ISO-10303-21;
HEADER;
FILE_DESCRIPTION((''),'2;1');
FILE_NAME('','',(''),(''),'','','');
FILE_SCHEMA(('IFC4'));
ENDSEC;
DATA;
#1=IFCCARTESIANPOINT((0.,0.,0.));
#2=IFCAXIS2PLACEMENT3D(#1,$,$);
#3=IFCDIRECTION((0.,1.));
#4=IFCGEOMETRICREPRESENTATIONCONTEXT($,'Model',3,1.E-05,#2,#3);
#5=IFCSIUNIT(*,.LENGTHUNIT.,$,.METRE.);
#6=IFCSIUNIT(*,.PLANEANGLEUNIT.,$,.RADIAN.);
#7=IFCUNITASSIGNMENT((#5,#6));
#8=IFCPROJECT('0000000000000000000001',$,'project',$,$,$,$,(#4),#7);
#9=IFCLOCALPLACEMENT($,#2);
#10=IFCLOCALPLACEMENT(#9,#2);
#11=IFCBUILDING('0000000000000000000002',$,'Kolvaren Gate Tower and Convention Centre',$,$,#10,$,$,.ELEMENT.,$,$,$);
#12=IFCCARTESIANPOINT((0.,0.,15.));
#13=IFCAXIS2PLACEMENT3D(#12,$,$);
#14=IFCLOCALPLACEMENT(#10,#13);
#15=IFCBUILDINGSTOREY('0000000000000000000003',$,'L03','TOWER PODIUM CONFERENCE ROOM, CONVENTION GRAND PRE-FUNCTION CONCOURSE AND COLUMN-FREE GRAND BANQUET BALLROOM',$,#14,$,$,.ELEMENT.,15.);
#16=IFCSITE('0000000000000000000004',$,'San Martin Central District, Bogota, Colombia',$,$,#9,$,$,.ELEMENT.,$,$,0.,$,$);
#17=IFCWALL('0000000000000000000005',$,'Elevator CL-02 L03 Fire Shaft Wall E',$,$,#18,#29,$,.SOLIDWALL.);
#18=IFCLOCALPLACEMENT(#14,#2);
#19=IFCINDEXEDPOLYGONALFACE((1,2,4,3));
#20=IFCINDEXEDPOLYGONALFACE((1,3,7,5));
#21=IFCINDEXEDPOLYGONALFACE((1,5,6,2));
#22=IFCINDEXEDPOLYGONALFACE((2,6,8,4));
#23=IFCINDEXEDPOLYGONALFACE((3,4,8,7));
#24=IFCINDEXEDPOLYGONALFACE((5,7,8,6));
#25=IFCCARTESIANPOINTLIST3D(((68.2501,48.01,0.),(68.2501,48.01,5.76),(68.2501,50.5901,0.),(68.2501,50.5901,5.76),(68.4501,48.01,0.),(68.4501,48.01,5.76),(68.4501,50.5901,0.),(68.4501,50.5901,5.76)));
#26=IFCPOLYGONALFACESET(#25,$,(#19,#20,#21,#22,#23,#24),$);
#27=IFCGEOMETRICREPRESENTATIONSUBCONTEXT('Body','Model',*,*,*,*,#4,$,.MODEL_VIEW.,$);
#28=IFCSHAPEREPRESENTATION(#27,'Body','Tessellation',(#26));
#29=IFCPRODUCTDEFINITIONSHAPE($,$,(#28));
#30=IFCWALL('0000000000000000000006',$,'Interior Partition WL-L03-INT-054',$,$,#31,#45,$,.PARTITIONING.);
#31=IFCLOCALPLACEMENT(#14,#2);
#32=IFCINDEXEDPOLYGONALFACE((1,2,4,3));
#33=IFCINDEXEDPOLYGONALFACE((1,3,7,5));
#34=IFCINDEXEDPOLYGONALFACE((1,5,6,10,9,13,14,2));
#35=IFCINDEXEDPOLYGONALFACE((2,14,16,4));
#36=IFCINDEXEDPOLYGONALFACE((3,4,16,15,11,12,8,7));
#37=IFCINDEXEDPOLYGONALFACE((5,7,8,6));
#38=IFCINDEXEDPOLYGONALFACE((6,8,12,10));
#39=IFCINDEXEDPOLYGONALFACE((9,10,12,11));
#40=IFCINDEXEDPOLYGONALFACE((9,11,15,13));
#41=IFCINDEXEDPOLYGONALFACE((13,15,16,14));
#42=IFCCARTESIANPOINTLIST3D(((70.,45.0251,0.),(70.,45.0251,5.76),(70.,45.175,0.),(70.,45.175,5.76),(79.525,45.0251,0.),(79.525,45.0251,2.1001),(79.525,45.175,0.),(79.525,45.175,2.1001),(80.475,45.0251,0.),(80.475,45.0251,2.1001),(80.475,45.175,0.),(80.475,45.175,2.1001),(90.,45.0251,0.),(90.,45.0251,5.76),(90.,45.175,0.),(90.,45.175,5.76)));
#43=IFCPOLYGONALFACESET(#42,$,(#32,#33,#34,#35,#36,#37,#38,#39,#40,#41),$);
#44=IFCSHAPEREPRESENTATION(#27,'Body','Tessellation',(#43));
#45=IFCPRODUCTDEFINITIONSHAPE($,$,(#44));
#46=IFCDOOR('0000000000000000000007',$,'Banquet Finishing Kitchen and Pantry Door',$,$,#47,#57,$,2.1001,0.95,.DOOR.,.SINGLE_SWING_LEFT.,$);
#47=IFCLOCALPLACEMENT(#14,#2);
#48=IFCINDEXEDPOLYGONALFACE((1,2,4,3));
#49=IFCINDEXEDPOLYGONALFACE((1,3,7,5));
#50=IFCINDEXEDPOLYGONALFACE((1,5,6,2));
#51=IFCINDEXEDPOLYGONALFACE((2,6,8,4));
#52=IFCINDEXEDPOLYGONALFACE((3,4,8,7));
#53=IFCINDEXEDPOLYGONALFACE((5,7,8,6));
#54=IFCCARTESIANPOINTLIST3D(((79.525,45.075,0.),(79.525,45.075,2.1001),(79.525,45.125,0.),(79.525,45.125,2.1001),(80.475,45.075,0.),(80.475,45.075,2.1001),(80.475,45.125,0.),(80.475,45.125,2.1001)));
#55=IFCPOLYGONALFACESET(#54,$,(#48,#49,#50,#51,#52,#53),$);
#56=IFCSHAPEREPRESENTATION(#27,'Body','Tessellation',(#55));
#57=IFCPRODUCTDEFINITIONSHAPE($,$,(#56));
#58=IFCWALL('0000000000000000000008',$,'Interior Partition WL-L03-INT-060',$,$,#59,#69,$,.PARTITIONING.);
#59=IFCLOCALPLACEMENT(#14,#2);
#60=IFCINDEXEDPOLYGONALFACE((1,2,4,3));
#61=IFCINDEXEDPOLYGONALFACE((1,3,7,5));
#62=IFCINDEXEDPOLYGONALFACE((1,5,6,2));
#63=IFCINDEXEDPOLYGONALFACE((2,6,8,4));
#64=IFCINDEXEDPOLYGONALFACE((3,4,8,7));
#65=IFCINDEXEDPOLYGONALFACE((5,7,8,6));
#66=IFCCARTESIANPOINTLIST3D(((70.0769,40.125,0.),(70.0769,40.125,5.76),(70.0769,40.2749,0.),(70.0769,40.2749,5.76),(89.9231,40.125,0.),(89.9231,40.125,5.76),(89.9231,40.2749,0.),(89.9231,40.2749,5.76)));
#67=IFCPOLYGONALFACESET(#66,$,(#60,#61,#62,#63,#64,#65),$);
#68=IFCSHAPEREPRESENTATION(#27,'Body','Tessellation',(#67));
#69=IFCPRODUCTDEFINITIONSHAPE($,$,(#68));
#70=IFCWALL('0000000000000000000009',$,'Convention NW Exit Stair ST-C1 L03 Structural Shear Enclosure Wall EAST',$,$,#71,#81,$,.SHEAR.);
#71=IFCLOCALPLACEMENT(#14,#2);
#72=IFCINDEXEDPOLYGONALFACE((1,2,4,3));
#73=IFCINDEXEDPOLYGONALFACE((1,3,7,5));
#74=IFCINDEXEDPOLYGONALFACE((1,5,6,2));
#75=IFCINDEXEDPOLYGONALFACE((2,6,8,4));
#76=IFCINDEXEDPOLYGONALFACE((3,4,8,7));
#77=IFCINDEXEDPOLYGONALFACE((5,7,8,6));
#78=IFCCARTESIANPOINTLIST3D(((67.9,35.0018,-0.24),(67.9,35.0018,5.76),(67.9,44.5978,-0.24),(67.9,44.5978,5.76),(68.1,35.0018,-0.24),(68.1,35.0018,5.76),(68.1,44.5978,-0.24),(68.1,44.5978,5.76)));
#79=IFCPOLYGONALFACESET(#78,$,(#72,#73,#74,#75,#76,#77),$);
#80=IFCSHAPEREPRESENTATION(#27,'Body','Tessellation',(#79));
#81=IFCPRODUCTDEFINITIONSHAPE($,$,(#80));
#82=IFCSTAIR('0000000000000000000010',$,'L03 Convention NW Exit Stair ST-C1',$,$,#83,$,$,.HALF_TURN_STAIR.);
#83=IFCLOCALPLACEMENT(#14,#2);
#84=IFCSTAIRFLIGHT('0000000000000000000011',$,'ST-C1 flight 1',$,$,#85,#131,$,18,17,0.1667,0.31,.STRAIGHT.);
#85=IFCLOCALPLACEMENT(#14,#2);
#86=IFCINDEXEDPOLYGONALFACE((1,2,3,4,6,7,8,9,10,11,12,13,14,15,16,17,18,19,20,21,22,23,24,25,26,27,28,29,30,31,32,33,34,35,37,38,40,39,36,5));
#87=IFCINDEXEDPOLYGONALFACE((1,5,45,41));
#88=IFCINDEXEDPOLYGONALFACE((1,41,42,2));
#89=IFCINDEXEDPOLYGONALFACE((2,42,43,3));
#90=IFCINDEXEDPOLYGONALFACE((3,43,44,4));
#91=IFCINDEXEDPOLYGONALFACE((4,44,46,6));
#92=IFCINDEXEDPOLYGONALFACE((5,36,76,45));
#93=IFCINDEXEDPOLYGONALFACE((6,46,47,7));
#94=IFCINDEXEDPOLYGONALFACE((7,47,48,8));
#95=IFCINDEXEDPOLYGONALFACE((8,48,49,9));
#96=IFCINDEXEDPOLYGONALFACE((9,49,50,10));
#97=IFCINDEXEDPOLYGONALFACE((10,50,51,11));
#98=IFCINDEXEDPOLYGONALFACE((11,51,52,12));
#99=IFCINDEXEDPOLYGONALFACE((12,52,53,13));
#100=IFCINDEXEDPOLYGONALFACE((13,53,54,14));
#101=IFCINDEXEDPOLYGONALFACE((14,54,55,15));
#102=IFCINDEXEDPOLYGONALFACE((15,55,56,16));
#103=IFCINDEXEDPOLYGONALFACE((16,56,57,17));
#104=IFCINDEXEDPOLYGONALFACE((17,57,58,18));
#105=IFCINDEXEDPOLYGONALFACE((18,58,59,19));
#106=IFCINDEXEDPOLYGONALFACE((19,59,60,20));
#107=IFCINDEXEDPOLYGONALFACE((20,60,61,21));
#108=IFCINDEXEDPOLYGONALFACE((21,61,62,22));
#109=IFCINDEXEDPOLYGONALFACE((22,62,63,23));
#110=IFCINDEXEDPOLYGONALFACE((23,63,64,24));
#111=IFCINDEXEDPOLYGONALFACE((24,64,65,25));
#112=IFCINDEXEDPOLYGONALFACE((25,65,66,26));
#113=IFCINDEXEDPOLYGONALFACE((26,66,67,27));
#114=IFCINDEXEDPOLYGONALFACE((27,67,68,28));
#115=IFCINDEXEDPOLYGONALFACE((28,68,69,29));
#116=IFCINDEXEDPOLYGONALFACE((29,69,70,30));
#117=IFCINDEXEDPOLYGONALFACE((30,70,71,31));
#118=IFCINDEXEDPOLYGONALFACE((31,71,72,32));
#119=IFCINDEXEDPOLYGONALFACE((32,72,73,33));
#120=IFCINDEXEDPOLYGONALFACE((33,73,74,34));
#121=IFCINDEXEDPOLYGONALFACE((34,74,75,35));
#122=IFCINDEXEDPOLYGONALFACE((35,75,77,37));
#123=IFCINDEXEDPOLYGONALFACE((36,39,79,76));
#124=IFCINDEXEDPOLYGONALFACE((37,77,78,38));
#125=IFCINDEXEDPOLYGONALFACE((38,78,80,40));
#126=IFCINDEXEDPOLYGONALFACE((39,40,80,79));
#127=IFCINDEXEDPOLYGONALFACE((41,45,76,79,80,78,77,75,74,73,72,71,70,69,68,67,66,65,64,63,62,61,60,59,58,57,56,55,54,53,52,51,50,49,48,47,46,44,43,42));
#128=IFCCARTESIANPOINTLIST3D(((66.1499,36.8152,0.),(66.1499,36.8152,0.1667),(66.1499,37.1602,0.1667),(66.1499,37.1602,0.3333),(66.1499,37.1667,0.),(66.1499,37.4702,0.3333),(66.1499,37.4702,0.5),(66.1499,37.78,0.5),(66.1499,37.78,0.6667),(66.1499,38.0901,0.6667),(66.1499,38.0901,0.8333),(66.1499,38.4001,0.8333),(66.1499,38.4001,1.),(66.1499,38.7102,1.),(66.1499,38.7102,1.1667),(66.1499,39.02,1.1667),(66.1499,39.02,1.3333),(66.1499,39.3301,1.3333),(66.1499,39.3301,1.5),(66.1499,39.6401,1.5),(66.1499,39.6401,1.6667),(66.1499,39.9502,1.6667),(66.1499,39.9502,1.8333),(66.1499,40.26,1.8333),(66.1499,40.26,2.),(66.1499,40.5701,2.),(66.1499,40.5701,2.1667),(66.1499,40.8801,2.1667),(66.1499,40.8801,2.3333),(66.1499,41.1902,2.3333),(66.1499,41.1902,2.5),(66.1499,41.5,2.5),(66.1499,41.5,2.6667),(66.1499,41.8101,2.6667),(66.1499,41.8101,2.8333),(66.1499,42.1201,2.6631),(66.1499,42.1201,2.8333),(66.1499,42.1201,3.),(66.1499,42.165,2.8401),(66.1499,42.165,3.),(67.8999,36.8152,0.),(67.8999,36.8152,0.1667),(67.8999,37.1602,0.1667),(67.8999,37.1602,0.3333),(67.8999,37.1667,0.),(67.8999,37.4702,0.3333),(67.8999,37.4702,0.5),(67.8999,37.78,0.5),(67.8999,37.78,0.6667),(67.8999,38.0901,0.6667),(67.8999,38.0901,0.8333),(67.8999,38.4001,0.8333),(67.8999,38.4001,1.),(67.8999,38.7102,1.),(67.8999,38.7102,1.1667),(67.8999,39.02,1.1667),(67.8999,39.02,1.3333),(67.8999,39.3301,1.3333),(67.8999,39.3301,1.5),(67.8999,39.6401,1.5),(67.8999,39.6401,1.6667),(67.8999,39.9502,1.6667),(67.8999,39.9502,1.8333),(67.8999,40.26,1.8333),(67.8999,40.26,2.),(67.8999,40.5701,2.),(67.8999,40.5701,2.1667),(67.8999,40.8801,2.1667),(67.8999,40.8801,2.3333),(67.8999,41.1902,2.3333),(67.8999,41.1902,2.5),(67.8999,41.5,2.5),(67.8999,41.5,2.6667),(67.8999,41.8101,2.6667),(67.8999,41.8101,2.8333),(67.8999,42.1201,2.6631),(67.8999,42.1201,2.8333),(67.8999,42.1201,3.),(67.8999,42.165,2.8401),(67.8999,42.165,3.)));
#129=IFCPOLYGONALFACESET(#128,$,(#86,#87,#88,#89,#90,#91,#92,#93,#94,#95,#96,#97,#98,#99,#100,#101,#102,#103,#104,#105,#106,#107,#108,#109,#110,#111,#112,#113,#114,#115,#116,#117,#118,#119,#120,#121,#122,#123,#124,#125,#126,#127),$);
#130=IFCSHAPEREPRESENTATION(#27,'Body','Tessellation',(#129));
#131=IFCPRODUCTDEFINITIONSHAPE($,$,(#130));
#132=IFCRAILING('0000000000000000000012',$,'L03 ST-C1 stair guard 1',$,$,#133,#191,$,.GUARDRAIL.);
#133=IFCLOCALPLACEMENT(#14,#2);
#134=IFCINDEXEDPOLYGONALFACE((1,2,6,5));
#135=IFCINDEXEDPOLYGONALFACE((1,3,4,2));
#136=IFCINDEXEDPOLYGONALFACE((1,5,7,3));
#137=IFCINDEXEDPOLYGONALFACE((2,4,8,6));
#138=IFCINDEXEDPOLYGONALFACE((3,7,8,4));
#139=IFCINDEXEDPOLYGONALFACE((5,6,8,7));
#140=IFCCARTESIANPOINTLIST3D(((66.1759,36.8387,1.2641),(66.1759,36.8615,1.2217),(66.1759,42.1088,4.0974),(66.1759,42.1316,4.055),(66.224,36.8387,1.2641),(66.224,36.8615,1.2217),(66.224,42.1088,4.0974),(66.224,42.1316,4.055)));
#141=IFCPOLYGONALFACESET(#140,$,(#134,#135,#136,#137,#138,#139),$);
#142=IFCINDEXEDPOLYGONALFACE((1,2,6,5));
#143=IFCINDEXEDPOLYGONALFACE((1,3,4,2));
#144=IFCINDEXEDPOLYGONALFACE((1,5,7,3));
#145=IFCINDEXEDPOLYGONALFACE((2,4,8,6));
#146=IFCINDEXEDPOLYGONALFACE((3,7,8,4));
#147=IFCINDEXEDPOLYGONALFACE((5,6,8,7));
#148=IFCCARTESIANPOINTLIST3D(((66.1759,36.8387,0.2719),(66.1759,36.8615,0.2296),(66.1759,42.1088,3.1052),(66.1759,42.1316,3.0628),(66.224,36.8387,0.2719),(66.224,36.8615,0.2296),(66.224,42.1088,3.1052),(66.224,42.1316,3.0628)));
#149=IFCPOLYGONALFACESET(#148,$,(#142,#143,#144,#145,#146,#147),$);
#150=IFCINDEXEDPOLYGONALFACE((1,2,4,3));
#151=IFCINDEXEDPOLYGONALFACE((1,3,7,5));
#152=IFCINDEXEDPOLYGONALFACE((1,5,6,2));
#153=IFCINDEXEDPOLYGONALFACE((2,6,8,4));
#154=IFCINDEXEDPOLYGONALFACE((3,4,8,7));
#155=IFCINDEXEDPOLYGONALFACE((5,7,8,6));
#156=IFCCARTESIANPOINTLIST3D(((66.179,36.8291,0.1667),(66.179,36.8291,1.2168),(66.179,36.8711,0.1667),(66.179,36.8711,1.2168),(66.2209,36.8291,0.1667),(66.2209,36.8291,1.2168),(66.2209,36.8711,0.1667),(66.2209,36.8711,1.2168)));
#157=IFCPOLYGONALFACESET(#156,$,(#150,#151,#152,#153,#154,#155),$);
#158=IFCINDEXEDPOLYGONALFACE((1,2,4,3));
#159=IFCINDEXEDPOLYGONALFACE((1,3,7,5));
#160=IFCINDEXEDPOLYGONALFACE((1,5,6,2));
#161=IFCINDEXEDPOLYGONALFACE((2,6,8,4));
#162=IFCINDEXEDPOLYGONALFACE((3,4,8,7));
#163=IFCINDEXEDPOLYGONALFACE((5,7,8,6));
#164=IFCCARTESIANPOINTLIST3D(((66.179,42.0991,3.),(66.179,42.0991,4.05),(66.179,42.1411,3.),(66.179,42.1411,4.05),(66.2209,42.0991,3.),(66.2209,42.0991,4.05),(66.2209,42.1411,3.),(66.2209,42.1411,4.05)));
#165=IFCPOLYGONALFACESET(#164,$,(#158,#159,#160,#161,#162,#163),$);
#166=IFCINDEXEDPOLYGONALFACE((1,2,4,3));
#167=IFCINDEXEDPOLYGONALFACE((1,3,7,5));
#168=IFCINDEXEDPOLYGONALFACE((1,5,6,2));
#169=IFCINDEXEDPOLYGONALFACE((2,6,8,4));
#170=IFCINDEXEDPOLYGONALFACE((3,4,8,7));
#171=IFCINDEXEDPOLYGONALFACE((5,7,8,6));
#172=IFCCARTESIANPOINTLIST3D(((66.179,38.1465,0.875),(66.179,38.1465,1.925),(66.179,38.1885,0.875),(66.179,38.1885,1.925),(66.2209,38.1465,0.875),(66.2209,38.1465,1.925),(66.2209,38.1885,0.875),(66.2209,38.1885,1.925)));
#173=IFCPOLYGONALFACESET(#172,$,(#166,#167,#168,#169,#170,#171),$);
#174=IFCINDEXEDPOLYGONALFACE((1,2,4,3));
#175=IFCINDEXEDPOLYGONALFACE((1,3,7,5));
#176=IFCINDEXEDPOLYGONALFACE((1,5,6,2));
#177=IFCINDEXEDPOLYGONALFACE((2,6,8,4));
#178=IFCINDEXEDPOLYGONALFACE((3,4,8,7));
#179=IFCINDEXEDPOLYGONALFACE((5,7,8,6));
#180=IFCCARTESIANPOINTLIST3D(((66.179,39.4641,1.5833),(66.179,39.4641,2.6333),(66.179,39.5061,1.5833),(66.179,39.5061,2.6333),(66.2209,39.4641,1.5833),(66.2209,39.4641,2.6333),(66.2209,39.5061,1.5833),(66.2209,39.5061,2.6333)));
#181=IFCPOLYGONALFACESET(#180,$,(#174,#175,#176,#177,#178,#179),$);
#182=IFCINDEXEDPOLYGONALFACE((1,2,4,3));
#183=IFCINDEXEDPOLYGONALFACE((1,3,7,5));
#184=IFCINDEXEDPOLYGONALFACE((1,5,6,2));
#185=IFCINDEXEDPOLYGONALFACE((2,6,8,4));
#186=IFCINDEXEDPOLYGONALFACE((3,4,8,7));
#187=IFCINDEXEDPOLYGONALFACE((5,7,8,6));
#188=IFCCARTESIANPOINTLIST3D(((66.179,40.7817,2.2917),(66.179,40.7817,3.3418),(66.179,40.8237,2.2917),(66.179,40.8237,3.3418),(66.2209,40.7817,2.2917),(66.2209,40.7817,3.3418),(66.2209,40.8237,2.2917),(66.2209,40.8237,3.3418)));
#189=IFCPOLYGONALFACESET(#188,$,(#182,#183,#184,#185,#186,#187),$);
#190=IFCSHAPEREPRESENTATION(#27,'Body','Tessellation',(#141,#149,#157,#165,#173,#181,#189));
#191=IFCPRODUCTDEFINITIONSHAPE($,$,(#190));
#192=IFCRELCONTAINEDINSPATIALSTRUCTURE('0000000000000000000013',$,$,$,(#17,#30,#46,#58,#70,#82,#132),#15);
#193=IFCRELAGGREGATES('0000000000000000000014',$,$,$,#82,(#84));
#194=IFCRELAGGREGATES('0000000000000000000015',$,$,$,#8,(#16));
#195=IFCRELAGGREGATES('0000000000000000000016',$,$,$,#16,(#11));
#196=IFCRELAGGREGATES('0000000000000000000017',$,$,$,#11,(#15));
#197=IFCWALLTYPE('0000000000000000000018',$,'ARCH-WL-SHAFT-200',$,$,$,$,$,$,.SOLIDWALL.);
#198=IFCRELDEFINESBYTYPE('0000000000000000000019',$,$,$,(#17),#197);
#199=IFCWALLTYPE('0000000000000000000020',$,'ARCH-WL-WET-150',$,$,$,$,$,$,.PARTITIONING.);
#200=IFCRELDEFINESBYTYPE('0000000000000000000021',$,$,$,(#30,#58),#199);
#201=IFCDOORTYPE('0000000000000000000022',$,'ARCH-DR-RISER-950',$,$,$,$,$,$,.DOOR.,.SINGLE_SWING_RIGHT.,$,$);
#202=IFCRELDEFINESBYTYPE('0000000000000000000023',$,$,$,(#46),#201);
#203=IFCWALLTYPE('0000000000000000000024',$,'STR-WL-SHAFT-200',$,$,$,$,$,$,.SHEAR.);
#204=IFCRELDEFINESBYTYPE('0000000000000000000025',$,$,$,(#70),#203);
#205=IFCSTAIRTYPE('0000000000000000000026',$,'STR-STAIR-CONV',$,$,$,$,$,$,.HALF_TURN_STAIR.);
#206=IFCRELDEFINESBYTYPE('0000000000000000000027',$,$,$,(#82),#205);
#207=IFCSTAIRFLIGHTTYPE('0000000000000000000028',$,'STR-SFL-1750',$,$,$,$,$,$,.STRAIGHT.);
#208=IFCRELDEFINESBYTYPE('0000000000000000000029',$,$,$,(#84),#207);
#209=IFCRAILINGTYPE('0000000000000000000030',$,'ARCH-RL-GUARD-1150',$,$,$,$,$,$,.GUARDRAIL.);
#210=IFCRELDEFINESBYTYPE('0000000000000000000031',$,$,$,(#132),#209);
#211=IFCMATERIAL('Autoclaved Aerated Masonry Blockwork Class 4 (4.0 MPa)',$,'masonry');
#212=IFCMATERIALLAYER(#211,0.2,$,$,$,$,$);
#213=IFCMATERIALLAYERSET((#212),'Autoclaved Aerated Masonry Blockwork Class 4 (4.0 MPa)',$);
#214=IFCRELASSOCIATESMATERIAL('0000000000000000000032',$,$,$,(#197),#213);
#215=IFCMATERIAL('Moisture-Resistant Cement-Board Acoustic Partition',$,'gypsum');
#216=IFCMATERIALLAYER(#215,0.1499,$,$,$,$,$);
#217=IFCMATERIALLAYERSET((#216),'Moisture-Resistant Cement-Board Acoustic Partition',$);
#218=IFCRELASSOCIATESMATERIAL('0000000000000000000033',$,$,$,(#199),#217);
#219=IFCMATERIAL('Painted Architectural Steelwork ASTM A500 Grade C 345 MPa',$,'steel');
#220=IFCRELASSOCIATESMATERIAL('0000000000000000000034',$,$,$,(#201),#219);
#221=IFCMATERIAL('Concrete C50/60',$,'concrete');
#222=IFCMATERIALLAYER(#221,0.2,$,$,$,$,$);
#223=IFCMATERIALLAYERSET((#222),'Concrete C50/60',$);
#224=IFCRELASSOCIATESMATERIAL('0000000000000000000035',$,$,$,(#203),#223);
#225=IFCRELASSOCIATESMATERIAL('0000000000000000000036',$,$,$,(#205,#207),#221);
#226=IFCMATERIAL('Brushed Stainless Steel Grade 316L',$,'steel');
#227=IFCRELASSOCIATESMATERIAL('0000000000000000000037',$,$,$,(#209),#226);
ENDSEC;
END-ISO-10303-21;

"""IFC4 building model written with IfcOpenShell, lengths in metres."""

from ifc_helpers import new_model, si_unit, direction, frame, frame_2d, origin, origin_2d, place, context, subcontext, project, spatial, polyline, rectangle, outline, extrude, material, layer, layer_set, type_object, element, fill, aggregate, save


model = new_model("IFC4")

# Units and contexts
model_context = context("Model", 3, precision=1e-05, world=origin(), true_north=direction((0.0, 1.0)))
body_context = subcontext(model_context, "Body", "Model", "MODEL_VIEW")
ifc_project = project(units=[si_unit("LENGTHUNIT", "METRE"), si_unit("PLANEANGLEUNIT", "RADIAN")], contexts=[model_context])

# Site, building, storey
site_placement = place(None, origin())
site = spatial("IfcSite", under=ifc_project, at=site_placement, Name="San Martin Central District, Bogota, Colombia", CompositionType="ELEMENT", RefElevation=0.0)
building_placement = place(site_placement, origin())
building = spatial("IfcBuilding", under=site, at=building_placement, Name="Kolvaren Gate Tower and Convention Centre", CompositionType="ELEMENT")
storey_placement = place(building_placement, frame((0.0, 0.0, 15.0)))
storey = spatial("IfcBuildingStorey", under=building, at=storey_placement, Name="L03", Description="TOWER PODIUM CONFERENCE ROOM, CONVENTION GRAND PRE-FUNCTION CONCOURSE AND COLUMN-FREE GRAND BANQUET BALLROOM", CompositionType="ELEMENT", Elevation=15.0)

# Shared definitions
ifc_material_1 = material(Name="Autoclaved Aerated Masonry Blockwork Class 4 (4.0 MPa)", Category="masonry")
ifc_layer_1 = layer(ifc_material_1, 0.2)
ifc_layer_set_1 = layer_set([ifc_layer_1], Name="Autoclaved Aerated Masonry Blockwork Class 4 (4.0 MPa)")
wall_type_1 = type_object("IfcWallType", Name="ARCH-WL-SHAFT-200", PredefinedType="SOLIDWALL", material=ifc_layer_set_1)

# Shared definitions
ifc_material_2 = material(Name="Brushed Stainless Steel Grade 316L", Category="steel")

# Wall
wall_1_placement = place(storey_placement, frame((68.3501, 48.01, 0.0), z_axis=(0.0, 0.0, 1.0), x_axis=(0.0, 1.0, 0.0)))
element("IfcWall", 1, at=wall_1_placement, inside=storey, type_object=wall_type_1, Name="Elevator CL-02 L03 Fire Shaft Wall E", PredefinedType="SOLIDWALL", context=body_context, shape_type="SweptSolid", body=[
    extrude(rectangle(XDim=2.5801, YDim=0.2, at=frame_2d((1.29, 0.0))), origin(), (0.0, 0.0, 1.0), 5.76),
])

# Wall, opening, door
ifc_material_3 = material(Name="Moisture-Resistant Cement-Board Acoustic Partition", Category="gypsum")
ifc_layer_2 = layer(ifc_material_3, 0.1499)
ifc_layer_set_2 = layer_set([ifc_layer_2], Name="Moisture-Resistant Cement-Board Acoustic Partition")
wall_type_2 = type_object("IfcWallType", Name="ARCH-WL-WET-150", PredefinedType="PARTITIONING", material=ifc_layer_set_2)
wall_2_placement = place(storey_placement, frame((70.0, 45.1001, 0.0), z_axis=(0.0, 0.0, 1.0), x_axis=(1.0, 0.0, 0.0)))
wall_2 = element("IfcWall", 2, at=wall_2_placement, inside=storey, type_object=wall_type_2, Name="Interior Partition WL-L03-INT-054", PredefinedType="PARTITIONING", context=body_context, shape_type="SweptSolid", body=[
    extrude(rectangle(XDim=20.0, YDim=0.1499, at=frame_2d((10.0, 0.0))), origin(), (0.0, 0.0, 1.0), 5.76),
])
opening_1_placement = place(wall_2_placement, frame((9.5249, 0.0, 0.0)))
opening_1 = element("IfcOpeningElement", 3, at=opening_1_placement, cuts=wall_2, PredefinedType="OPENING", context=body_context, shape_type="SweptSolid", body=[
    extrude(rectangle(XDim=0.95, YDim=2.1001, at=frame_2d((0.4751, 1.05))), frame((0.0, 0.085, 0.0), z_axis=(0.0, -1.0, 0.0), x_axis=(1.0, 0.0, 0.0)), (0.0, 0.0, 1.0), 0.1699),
])
ifc_material_4 = material(Name="Painted Architectural Steelwork ASTM A500 Grade C 345 MPa", Category="steel")
door_type_1 = type_object("IfcDoorType", Name="ARCH-DR-RISER-950", OperationType="SINGLE_SWING_RIGHT", PredefinedType="DOOR", material=ifc_material_4)
door_1_placement = place(opening_1_placement, origin())
door_1 = element("IfcDoor", 4, at=door_1_placement, inside=storey, type_object=door_type_1, Name="Banquet Finishing Kitchen and Pantry Door", OperationType="SINGLE_SWING_LEFT", OverallHeight=2.1001, OverallWidth=0.95, PredefinedType="DOOR", context=body_context, shape_type="SweptSolid", body=[
    extrude(rectangle(XDim=0.95, YDim=2.1001, at=frame_2d((0.4751, 1.05))), frame((0.0, 0.0249, 0.0), z_axis=(0.0, -1.0, 0.0), x_axis=(1.0, 0.0, 0.0)), (0.0, 0.0, 1.0), 0.05),
])
fill(opening_1, door_1)

# Walls
wall_3_placement = place(storey_placement, frame((70.0769, 40.2, 0.0), z_axis=(0.0, 0.0, 1.0), x_axis=(1.0, 0.0, 0.0)))
element("IfcWall", 5, at=wall_3_placement, inside=storey, type_object=wall_type_2, Name="Interior Partition WL-L03-INT-060", PredefinedType="PARTITIONING", context=body_context, shape_type="SweptSolid", body=[
    extrude(rectangle(XDim=19.8462, YDim=0.1499, at=frame_2d((9.9231, 0.0))), origin(), (0.0, 0.0, 1.0), 5.76),
])
ifc_material_5 = material(Name="Concrete C50/60", Category="concrete")
ifc_layer_3 = layer(ifc_material_5, 0.2)
ifc_layer_set_3 = layer_set([ifc_layer_3], Name="Concrete C50/60")
wall_type_3 = type_object("IfcWallType", Name="STR-WL-SHAFT-200", PredefinedType="SHEAR", material=ifc_layer_set_3)
wall_4_placement = place(storey_placement, frame((68.0, 35.002, -0.24), z_axis=(0.0, 0.0, 1.0), x_axis=(0.0, 1.0, 0.0)))
element("IfcWall", 6, at=wall_4_placement, inside=storey, type_object=wall_type_3, Name="Convention NW Exit Stair ST-C1 L03 Structural Shear Enclosure Wall EAST", PredefinedType="SHEAR", context=body_context, shape_type="SweptSolid", body=[
    extrude(rectangle(XDim=9.5959, YDim=0.2, at=frame_2d((4.7979, 0.0))), origin(), (0.0, 0.0, 1.0), 6.0),
])

# Stair, stair flight
stair_type = type_object("IfcStairType", Name="STR-STAIR-CONV", PredefinedType="HALF_TURN_STAIR", material=ifc_material_5)
stair_placement = place(storey_placement, origin())
stair = element("IfcStair", 7, at=stair_placement, inside=storey, type_object=stair_type, Name="L03 Convention NW Exit Stair ST-C1", PredefinedType="HALF_TURN_STAIR")
stair_flight_type = type_object("IfcStairFlightType", Name="STR-SFL-1750", PredefinedType="STRAIGHT", material=ifc_material_5)
stair_flight_placement = place(storey_placement, frame((67.0249, 36.8501, 0.0), z_axis=(0.0, 0.0, 1.0), x_axis=(0.0, 1.0, 0.0)))
stair_flight = element("IfcStairFlight", 8, at=stair_flight_placement, type_object=stair_flight_type, Name="ST-C1 flight 1", NumberOfRisers=18, NumberOfTreads=17, PredefinedType="STRAIGHT", RiserHeight=0.1667, TreadLength=0.31, context=body_context, shape_type="SweptSolid", body=[
    extrude(outline(polyline([(-0.0349, 0.0), (-0.0349, 0.1667), (0.3101, 0.1667), (0.3101, 0.3333), (0.6201, 0.3333), (0.6201, 0.5), (0.9299, 0.5), (0.9299, 0.6667), (1.24, 0.6667), (1.24, 0.8333), (1.55, 0.8333), (1.55, 1.0), (1.8601, 1.0), (1.8601, 1.1667), (2.1699, 1.1667), (2.1699, 1.3333), (2.48, 1.3333), (2.48, 1.5), (2.79, 1.5), (2.79, 1.6667), (3.1001, 1.6667), (3.1001, 1.8333), (3.4099, 1.8333), (3.4099, 2.0), (3.72, 2.0), (3.72, 2.1667), (4.03, 2.1667), (4.03, 2.3333), (4.3401, 2.3333), (4.3401, 2.5), (4.6499, 2.5), (4.6499, 2.6667), (4.96, 2.6667), (4.96, 2.8333), (5.27, 2.8333), (5.27, 3.0), (5.3149, 3.0), (5.3149, 2.8401), (5.27, 2.6631), (0.3167, 0.0), (-0.0349, 0.0)])), frame((0.0, 0.875, 0.0), z_axis=(0.0, -1.0, 0.0), x_axis=(1.0, 0.0, 0.0)), (0.0, 0.0, 1.0), 1.75),
])
aggregate(stair, [stair_flight])

# Railing
railing_type_1 = type_object("IfcRailingType", Name="ARCH-RL-GUARD-1150", PredefinedType="GUARDRAIL", material=ifc_material_2)
railing_1_placement = place(storey_placement, frame((66.2, 36.8501, 0.1667)))
element("IfcRailing", 9, at=railing_1_placement, inside=storey, type_object=railing_type_1, Name="L03 ST-C1 stair guard 1", PredefinedType="GUARDRAIL", context=body_context, shape_type="SweptSolid", body=[
    extrude(rectangle(XDim=0.0481, YDim=0.0481, at=origin_2d()), frame((0.0, 0.0, 1.0762), z_axis=(0.0, 0.880781, 0.473523), x_axis=(-1.0, 0.0, 0.0)), (0.0, 0.0, 1.0), 5.9834),
    extrude(rectangle(XDim=0.0481, YDim=0.0481, at=origin_2d()), frame((0.0, 0.0, 0.084), z_axis=(0.0, 0.880781, 0.473523), x_axis=(-1.0, 0.0, 0.0)), (0.0, 0.0, 1.0), 5.9834),
    extrude(rectangle(XDim=0.042, YDim=0.042, at=origin_2d()), origin(), (0.0, 0.0, 1.0), 1.05),
    extrude(rectangle(XDim=0.042, YDim=0.042, at=origin_2d()), frame((0.0, 5.27, 2.8333)), (0.0, 0.0, 1.0), 1.05),
    extrude(rectangle(XDim=0.042, YDim=0.042, at=origin_2d()), frame((0.0, 1.3174, 0.7083)), (0.0, 0.0, 1.0), 1.05),
    extrude(rectangle(XDim=0.042, YDim=0.042, at=origin_2d()), frame((0.0, 2.635, 1.4165)), (0.0, 0.0, 1.0), 1.05),
    extrude(rectangle(XDim=0.042, YDim=0.042, at=origin_2d()), frame((0.0, 3.9526, 2.125)), (0.0, 0.0, 1.0), 1.05),
])

save(model, "model.ifc")
